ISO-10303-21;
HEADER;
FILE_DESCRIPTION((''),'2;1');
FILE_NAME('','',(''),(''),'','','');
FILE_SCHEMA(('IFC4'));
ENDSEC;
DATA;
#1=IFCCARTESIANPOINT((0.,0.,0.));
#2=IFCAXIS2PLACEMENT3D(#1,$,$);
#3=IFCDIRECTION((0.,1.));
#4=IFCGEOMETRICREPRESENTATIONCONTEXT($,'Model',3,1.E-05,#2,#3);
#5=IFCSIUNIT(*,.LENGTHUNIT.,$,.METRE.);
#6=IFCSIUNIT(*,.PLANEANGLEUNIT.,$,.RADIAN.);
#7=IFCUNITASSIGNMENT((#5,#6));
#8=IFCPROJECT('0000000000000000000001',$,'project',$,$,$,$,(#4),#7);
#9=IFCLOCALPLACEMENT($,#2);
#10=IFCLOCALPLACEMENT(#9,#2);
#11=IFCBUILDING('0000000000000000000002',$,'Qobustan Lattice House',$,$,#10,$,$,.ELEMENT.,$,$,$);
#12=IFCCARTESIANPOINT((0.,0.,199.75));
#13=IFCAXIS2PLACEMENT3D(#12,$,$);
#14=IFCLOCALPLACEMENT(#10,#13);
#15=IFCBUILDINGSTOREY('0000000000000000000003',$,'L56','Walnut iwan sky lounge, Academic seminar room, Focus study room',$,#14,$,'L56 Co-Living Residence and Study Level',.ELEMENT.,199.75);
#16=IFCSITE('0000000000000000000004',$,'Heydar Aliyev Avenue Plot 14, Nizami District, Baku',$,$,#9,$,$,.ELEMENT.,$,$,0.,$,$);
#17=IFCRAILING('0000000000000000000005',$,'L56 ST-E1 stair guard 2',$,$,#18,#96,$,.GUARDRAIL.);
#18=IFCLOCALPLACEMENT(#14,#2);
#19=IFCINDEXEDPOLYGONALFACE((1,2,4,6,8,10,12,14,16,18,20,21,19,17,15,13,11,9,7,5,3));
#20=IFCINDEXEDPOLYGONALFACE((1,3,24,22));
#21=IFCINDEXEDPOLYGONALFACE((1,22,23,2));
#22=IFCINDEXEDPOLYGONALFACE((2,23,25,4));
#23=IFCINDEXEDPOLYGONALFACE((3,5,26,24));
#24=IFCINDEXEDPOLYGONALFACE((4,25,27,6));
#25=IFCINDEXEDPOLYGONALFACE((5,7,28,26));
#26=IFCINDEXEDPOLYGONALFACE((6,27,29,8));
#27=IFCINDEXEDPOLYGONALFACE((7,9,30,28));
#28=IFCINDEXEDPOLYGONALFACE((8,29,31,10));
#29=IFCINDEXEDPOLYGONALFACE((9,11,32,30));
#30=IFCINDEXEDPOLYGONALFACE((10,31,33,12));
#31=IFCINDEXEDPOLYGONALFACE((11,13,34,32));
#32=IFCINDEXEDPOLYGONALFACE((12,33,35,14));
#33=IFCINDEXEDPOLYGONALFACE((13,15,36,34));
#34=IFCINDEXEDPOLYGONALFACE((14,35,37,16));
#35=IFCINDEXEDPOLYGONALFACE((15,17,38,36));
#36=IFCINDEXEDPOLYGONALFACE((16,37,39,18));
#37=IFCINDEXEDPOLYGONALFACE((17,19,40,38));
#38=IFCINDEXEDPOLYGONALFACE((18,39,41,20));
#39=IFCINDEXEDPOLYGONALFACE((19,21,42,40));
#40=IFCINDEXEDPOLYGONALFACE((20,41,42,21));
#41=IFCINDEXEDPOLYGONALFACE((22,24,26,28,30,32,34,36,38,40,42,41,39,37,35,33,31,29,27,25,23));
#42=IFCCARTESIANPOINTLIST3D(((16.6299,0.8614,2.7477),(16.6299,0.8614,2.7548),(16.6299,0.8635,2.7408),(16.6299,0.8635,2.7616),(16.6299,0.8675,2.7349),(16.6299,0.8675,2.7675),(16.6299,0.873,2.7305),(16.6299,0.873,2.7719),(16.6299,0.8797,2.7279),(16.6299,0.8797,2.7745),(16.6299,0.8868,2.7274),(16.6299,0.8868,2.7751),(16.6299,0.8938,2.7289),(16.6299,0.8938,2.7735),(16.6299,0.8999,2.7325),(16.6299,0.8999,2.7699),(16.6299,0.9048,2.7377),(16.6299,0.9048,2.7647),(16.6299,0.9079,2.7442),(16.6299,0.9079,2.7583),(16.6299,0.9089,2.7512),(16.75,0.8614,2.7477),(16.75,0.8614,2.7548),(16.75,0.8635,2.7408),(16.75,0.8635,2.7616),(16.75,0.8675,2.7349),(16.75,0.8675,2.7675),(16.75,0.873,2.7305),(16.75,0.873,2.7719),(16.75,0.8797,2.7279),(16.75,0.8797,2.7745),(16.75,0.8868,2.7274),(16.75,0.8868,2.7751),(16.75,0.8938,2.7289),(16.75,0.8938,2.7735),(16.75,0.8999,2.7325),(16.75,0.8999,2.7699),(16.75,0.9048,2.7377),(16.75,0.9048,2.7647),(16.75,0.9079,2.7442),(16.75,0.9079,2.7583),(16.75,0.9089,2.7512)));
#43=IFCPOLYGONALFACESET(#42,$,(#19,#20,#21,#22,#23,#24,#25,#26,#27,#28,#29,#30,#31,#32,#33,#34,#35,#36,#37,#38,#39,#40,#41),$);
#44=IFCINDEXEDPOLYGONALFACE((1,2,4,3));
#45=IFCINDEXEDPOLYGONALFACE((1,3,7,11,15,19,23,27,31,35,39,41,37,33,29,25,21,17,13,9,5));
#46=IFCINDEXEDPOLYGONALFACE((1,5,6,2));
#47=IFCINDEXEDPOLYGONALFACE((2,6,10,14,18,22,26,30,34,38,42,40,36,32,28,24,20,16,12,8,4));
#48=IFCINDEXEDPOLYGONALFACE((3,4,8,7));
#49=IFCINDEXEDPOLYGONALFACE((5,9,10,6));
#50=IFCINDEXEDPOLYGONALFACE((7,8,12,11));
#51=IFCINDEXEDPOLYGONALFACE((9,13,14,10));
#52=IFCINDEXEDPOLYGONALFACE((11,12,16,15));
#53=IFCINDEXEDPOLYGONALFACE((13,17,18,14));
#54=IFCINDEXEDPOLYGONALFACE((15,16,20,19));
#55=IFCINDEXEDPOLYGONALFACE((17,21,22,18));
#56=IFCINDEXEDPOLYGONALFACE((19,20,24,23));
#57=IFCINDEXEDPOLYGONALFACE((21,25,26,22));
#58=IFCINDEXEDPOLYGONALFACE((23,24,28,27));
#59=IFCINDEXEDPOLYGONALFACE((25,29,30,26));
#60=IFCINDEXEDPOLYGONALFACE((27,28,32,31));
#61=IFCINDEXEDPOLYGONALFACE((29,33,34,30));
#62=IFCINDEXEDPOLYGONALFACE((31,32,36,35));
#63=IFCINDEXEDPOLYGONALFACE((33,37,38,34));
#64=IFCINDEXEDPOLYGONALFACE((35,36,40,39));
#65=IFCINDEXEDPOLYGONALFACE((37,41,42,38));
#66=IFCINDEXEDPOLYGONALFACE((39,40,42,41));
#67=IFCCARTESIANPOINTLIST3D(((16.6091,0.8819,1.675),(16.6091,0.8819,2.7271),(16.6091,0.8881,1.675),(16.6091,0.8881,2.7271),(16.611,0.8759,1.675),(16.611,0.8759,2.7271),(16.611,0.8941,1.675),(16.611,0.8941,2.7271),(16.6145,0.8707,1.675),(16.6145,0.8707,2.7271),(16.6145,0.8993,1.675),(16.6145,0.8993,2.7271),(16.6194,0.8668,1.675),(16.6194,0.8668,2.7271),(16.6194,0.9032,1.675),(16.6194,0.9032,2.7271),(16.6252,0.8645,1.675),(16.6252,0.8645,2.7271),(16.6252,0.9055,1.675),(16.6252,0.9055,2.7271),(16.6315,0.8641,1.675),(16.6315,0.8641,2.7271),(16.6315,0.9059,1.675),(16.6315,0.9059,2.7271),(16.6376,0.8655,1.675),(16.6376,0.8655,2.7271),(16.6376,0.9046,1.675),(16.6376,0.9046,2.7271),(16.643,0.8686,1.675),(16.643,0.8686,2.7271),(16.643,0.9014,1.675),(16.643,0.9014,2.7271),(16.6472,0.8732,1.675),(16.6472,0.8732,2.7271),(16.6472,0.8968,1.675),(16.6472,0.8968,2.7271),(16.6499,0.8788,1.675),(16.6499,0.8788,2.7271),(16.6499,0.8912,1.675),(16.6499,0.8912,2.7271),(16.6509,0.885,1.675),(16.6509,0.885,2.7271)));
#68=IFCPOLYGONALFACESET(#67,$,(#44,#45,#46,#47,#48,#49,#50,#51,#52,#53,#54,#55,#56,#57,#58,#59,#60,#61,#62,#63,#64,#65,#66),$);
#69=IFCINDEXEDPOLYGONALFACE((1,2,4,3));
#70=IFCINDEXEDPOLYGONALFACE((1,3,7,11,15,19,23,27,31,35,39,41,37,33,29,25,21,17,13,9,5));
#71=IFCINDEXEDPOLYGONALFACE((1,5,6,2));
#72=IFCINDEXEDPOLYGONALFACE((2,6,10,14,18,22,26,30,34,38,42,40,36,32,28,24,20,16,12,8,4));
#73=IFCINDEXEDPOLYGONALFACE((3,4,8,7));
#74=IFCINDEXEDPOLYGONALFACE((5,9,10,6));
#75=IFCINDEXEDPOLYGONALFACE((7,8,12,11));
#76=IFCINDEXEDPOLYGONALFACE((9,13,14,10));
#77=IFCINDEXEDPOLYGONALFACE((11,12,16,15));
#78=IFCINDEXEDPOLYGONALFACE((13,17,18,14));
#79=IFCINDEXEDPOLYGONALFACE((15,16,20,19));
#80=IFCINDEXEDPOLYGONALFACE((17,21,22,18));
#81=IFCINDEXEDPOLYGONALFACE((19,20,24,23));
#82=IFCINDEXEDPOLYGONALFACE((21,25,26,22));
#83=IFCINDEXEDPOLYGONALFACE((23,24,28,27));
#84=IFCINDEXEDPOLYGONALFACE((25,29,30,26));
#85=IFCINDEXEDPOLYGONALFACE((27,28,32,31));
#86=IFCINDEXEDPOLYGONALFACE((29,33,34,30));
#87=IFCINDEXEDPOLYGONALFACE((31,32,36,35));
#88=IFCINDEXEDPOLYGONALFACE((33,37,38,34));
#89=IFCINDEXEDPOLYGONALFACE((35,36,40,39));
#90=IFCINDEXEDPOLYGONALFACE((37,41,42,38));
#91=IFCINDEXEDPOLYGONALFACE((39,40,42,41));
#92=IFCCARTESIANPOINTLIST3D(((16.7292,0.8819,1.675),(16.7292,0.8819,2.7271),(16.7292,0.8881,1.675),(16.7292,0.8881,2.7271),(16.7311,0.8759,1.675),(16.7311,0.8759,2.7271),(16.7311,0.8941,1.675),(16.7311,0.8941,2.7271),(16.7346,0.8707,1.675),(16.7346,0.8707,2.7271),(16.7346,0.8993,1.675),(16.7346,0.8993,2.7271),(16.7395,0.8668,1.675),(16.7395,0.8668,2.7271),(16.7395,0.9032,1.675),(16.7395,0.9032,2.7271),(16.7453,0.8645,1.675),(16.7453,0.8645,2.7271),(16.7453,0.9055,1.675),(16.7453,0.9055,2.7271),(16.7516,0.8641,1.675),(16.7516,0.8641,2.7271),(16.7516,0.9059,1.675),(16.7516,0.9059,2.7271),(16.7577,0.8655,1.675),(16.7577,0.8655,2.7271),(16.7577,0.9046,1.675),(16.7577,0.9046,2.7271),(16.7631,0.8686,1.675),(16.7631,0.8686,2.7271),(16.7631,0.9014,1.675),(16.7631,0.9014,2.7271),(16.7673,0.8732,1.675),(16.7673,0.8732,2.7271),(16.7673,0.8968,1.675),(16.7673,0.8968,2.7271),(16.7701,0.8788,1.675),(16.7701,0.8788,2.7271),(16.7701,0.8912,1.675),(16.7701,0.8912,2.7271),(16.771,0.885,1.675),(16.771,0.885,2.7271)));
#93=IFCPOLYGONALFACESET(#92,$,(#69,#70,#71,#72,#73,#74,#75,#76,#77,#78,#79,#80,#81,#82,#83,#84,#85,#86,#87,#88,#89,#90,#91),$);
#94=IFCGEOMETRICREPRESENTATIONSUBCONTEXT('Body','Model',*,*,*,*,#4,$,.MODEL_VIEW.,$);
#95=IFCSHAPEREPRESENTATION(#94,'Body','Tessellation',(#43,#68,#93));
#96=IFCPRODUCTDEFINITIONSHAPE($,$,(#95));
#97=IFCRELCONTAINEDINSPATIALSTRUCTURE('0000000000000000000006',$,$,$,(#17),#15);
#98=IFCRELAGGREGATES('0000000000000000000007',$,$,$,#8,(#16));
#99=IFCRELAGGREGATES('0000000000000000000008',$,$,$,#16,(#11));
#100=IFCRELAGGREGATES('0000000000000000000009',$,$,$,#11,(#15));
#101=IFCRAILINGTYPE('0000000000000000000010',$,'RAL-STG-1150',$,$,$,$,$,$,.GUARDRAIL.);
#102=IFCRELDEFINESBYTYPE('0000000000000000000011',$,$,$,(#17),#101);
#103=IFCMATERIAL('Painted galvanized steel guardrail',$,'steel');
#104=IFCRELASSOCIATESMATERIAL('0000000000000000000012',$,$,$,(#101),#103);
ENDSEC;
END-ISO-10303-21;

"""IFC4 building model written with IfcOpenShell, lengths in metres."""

from ifc_helpers import new_model, si_unit, direction, frame, origin, origin_2d, place, context, subcontext, project, spatial, circle, extrude, material, type_object, element, save


model = new_model("IFC4")

# Units and contexts
model_context = context("Model", 3, precision=1e-05, world=origin(), true_north=direction((0.0, 1.0)))
body_context = subcontext(model_context, "Body", "Model", "MODEL_VIEW")
ifc_project = project(units=[si_unit("LENGTHUNIT", "METRE"), si_unit("PLANEANGLEUNIT", "RADIAN")], contexts=[model_context])

# Site, building, storey
site_placement = place(None, origin())
site = spatial("IfcSite", under=ifc_project, at=site_placement, Name="Heydar Aliyev Avenue Plot 14, Nizami District, Baku", CompositionType="ELEMENT", RefElevation=0.0)
building_placement = place(site_placement, origin())
building = spatial("IfcBuilding", under=site, at=building_placement, Name="Qobustan Lattice House", CompositionType="ELEMENT")
storey_placement = place(building_placement, frame((0.0, 0.0, 199.75)))
storey = spatial("IfcBuildingStorey", under=building, at=storey_placement, Name="L56", Description="Walnut iwan sky lounge, Academic seminar room, Focus study room", LongName="L56 Co-Living Residence and Study Level", CompositionType="ELEMENT", Elevation=199.75)

# Railing
ifc_material_1 = material(Name="Painted galvanized steel guardrail", Category="steel")
railing_type_1 = type_object("IfcRailingType", Name="RAL-STG-1150", PredefinedType="GUARDRAIL", material=ifc_material_1)
railing_1_placement = place(storey_placement, frame((16.6299, 0.885, 1.675)))
element("IfcRailing", 1, at=railing_1_placement, inside=storey, type_object=railing_type_1, Name="L56 ST-E1 stair guard 2", PredefinedType="GUARDRAIL", context=body_context, shape_type="SweptSolid", body=[
    extrude(circle(Radius=0.0239, at=origin_2d()), frame((0.0, 0.0, 1.0762), z_axis=(1.0, 0.0, 0.0), x_axis=(0.0, 1.0, 0.0)), (0.0, 0.0, 1.0), 0.1201),
    extrude(circle(Radius=0.021, at=origin_2d()), origin(), (0.0, 0.0, 1.0), 1.052),
    extrude(circle(Radius=0.021, at=origin_2d()), frame((0.1201, 0.0, 0.0)), (0.0, 0.0, 1.0), 1.052),
])

save(model, "model.ifc")
